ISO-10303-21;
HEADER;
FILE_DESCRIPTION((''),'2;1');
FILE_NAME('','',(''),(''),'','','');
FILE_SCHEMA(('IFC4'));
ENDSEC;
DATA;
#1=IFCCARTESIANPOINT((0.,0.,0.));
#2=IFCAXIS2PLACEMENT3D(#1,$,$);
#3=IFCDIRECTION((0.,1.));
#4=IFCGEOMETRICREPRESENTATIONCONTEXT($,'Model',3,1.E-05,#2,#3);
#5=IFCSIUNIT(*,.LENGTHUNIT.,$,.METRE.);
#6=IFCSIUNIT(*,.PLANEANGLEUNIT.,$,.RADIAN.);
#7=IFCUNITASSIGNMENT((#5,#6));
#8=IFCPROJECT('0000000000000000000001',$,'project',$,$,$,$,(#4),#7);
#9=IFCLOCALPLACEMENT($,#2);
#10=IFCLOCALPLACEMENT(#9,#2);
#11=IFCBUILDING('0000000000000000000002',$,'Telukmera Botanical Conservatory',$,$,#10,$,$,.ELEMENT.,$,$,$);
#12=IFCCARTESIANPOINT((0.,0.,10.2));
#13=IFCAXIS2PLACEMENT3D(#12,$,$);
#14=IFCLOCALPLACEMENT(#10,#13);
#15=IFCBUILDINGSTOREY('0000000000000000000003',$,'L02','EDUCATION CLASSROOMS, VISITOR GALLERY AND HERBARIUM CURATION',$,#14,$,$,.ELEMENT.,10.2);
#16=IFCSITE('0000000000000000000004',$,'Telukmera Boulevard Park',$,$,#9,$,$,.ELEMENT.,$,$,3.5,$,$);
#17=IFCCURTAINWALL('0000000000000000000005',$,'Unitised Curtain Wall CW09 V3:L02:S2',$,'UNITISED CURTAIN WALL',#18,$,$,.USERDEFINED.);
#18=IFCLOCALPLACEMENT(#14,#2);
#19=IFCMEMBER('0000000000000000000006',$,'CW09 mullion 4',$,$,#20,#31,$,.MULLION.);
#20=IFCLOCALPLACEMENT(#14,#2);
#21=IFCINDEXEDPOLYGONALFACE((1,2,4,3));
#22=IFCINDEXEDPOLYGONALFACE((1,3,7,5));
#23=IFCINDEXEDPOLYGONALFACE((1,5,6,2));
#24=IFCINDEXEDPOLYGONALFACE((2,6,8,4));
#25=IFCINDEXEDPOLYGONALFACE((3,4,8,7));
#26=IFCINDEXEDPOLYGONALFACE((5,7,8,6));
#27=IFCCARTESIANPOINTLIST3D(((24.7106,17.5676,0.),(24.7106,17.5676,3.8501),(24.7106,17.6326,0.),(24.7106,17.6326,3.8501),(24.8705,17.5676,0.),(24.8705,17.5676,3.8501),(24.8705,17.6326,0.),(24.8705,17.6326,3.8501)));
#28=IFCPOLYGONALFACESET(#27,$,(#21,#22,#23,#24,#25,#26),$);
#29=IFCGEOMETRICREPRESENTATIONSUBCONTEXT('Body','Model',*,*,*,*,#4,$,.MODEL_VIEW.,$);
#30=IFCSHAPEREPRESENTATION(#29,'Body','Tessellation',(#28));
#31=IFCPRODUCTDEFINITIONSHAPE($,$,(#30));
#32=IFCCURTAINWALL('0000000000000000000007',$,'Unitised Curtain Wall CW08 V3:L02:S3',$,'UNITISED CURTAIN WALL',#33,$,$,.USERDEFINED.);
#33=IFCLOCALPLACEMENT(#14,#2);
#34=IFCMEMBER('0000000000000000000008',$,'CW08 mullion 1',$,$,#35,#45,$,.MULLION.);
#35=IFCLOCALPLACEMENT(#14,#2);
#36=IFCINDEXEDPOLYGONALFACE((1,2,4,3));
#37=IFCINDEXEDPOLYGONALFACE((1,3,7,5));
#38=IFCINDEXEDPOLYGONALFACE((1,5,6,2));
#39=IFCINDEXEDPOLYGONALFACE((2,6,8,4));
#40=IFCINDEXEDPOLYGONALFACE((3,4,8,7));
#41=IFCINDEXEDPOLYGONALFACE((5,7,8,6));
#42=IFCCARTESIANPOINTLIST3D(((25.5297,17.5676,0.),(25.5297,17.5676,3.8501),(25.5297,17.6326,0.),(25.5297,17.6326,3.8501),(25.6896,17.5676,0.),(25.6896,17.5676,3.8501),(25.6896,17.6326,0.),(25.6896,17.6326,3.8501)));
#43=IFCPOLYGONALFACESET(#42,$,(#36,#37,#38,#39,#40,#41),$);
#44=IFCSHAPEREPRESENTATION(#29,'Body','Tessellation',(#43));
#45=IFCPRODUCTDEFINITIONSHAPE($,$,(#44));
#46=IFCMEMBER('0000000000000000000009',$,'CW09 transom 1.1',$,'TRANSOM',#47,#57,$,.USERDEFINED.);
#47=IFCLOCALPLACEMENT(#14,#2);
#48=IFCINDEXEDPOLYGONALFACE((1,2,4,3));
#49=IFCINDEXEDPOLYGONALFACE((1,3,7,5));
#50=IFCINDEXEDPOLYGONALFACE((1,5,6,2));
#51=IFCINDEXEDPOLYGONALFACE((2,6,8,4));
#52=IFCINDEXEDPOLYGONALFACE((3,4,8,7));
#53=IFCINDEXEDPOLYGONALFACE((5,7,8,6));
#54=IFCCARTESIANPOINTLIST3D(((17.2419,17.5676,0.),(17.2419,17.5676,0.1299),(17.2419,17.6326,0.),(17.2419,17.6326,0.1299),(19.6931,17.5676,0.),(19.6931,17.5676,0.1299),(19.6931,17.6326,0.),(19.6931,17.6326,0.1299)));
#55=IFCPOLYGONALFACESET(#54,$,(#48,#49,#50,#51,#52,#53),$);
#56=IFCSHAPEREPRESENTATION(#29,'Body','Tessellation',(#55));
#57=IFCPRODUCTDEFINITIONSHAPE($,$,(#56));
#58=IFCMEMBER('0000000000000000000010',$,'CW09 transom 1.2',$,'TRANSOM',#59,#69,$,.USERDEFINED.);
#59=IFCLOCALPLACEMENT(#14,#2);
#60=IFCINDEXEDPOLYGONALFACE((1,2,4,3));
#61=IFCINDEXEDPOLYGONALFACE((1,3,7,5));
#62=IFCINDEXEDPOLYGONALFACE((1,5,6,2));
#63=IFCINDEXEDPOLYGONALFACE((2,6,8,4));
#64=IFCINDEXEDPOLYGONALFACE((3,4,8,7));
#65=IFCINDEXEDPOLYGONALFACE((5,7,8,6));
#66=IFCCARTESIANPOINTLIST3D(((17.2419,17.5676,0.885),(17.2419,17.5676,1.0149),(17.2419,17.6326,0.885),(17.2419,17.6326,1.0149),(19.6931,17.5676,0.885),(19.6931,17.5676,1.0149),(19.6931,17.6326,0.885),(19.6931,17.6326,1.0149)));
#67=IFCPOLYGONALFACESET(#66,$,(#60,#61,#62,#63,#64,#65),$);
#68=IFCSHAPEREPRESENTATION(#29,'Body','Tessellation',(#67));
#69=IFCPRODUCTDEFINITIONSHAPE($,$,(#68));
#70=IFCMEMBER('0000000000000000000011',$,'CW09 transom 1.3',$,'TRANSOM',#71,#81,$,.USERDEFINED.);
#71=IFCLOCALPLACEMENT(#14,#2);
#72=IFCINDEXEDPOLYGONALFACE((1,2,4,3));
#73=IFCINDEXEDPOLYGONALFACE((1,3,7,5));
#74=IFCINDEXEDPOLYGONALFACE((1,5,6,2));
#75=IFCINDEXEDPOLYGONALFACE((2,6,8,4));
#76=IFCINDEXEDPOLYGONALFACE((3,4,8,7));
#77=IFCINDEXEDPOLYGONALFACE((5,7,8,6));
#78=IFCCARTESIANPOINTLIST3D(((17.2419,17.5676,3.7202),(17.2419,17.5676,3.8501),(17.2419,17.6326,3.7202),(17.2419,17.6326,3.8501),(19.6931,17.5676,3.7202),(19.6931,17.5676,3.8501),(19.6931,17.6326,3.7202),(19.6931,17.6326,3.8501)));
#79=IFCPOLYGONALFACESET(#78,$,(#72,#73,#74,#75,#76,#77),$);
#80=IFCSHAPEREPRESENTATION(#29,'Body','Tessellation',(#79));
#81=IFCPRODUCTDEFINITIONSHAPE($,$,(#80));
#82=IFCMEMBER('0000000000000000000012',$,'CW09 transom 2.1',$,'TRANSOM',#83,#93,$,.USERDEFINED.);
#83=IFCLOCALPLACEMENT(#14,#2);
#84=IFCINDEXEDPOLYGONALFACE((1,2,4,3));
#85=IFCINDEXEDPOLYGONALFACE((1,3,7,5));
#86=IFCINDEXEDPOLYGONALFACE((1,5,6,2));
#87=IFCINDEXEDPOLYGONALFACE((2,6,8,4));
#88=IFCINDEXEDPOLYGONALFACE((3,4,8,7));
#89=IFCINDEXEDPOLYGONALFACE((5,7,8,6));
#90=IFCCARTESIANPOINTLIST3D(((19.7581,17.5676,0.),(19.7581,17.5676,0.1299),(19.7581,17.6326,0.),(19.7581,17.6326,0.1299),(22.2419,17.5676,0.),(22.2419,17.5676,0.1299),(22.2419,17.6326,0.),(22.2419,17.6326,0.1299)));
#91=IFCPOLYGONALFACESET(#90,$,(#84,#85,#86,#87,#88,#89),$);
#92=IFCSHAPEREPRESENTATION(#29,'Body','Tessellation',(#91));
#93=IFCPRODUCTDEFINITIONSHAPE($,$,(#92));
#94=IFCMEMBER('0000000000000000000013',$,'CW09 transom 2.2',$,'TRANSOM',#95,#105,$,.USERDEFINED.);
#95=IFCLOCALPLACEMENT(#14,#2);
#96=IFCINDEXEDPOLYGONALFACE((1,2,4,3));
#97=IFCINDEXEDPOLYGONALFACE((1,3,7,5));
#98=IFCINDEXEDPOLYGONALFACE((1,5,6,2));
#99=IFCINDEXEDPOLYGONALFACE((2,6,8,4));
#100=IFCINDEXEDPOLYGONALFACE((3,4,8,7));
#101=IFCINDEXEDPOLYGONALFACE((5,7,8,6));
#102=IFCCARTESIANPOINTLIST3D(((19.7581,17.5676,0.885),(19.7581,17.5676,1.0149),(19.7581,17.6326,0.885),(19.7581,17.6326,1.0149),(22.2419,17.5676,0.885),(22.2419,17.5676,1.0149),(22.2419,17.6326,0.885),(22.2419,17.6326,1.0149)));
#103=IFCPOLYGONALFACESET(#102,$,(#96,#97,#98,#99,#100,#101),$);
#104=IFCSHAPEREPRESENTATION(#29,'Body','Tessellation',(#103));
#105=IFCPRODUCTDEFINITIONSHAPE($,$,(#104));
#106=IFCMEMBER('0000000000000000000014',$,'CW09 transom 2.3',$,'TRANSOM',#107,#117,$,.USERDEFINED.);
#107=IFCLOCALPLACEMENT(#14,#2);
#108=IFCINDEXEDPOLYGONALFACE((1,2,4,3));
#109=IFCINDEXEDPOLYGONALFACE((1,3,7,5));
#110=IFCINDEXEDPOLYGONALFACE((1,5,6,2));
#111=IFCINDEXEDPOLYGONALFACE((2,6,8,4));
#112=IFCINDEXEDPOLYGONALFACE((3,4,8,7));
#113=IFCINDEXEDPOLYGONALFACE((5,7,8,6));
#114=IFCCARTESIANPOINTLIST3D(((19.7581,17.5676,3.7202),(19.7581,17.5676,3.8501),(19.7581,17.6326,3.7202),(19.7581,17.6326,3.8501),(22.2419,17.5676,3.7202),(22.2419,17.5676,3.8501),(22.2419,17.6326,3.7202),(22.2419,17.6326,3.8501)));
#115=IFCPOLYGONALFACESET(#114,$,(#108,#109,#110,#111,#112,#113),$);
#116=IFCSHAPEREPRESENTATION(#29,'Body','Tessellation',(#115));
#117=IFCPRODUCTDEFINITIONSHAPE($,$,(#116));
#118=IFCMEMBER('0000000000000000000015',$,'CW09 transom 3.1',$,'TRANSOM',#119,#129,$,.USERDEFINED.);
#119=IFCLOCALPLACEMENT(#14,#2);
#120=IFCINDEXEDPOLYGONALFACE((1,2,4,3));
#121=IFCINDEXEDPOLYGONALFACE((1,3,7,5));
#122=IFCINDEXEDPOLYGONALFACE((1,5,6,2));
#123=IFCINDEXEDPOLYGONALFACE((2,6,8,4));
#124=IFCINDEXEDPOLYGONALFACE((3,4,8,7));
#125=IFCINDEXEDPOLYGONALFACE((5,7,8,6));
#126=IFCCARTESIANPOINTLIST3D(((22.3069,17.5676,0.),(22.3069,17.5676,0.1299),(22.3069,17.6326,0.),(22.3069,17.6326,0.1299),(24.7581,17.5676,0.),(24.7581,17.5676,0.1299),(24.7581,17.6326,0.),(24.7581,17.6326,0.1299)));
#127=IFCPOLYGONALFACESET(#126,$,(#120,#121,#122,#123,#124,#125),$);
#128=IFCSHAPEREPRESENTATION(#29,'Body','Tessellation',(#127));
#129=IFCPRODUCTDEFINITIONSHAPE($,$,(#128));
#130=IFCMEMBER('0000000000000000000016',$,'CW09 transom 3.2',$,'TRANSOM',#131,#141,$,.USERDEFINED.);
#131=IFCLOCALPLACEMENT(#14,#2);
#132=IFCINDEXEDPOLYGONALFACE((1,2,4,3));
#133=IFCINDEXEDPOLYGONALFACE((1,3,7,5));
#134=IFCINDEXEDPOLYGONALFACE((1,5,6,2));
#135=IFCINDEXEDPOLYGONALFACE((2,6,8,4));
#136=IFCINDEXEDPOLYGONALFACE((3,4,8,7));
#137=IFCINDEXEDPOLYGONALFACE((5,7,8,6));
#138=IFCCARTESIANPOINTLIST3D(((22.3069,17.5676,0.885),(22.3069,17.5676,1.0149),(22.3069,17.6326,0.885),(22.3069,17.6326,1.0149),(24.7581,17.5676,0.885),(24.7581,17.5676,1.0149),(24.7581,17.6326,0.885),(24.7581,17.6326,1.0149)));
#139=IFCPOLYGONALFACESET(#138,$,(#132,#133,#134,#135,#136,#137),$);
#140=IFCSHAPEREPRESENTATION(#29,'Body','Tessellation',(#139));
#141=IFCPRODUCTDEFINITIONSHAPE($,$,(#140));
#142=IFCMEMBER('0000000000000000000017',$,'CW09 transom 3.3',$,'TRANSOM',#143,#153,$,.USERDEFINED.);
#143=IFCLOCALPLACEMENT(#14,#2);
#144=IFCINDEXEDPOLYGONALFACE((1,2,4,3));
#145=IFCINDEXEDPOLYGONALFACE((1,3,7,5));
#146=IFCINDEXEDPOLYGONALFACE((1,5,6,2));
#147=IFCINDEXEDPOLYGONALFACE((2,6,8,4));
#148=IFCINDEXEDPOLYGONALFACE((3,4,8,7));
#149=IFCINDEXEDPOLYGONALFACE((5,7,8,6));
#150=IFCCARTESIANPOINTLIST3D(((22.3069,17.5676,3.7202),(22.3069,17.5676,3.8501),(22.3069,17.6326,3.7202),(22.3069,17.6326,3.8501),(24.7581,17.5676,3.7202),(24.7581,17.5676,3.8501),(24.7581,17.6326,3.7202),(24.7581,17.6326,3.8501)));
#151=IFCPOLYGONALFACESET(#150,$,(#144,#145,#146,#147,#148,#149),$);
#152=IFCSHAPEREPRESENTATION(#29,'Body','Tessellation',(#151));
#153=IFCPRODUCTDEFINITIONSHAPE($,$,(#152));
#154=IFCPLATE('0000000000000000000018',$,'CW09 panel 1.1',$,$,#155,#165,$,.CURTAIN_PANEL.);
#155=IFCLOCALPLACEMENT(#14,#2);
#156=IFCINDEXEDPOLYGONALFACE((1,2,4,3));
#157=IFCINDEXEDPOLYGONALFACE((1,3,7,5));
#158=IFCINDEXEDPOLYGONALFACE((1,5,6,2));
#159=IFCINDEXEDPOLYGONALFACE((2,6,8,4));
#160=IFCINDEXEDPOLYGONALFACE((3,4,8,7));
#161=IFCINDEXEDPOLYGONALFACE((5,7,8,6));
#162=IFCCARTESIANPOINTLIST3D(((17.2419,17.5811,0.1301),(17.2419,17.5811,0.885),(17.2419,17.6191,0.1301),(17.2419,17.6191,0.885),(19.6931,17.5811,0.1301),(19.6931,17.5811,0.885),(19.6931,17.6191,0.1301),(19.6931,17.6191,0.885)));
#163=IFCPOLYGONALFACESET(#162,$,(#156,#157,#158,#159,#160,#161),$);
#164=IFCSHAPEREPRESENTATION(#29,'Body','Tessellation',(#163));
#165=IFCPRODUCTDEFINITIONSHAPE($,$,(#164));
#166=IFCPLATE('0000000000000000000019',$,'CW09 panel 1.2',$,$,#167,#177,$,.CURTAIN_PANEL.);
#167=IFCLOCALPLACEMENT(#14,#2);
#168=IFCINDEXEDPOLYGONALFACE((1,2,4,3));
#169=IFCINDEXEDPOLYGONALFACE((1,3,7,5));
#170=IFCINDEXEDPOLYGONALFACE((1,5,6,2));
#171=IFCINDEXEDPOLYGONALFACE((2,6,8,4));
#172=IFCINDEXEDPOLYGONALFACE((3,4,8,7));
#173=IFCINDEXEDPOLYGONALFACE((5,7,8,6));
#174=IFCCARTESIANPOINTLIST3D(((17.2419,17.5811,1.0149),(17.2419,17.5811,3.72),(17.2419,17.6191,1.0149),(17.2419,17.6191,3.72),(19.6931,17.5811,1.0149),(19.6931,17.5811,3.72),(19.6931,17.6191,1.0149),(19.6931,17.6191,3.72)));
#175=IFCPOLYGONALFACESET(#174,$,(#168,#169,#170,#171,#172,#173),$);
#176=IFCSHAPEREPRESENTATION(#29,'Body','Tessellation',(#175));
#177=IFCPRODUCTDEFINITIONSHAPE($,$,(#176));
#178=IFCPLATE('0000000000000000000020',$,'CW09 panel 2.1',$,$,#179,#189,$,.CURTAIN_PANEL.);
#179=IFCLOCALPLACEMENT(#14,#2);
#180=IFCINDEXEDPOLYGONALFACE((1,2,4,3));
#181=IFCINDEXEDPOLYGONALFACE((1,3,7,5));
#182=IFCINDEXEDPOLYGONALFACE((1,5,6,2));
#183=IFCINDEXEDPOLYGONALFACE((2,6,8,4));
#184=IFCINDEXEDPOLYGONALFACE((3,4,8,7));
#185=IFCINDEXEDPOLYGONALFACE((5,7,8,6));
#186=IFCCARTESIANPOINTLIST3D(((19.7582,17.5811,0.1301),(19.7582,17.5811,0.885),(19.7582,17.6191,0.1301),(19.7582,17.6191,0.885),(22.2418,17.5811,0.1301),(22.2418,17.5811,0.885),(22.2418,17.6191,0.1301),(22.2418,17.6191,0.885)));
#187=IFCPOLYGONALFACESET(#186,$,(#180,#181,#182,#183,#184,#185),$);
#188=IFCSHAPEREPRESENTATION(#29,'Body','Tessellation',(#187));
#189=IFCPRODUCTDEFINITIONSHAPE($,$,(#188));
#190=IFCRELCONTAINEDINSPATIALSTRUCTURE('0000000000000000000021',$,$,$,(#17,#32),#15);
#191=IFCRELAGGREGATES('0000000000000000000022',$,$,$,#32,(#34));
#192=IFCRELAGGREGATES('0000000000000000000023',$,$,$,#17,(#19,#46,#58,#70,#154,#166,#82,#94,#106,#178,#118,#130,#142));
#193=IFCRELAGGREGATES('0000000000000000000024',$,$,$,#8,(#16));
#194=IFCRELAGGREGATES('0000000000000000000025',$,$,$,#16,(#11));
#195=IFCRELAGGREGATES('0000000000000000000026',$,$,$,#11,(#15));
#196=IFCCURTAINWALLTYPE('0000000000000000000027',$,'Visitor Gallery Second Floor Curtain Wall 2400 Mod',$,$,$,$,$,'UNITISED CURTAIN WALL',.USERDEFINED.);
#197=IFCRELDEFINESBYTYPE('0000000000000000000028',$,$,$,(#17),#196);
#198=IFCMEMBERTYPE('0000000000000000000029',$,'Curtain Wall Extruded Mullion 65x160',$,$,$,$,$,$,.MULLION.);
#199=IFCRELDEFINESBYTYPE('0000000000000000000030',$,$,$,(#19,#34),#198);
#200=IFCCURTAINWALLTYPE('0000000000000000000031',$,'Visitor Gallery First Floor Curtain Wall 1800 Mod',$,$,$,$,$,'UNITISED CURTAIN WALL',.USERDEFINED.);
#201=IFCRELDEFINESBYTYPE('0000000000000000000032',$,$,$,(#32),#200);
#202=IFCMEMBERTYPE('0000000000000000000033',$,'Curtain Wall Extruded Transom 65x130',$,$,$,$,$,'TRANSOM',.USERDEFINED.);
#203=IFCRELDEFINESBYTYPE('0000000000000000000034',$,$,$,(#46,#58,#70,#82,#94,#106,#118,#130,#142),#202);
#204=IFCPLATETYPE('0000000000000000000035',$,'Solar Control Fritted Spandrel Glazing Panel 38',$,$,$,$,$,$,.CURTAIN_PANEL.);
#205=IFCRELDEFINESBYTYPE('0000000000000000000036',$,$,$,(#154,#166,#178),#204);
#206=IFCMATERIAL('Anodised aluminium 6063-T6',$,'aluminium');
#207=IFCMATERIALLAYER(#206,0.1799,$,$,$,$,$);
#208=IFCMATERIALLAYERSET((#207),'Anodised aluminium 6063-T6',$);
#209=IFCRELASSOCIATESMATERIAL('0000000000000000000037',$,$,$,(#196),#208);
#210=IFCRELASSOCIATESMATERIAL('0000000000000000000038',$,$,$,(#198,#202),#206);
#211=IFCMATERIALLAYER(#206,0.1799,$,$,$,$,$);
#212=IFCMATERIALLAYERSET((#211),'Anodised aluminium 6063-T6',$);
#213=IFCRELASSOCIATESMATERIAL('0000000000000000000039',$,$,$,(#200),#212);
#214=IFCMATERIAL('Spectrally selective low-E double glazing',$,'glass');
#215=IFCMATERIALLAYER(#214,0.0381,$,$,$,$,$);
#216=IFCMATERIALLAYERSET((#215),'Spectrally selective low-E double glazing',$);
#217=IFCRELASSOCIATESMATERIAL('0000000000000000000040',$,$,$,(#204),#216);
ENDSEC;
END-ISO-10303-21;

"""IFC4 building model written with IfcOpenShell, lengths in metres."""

from ifc_helpers import new_model, si_unit, direction, frame, origin, origin_2d, place, context, subcontext, project, spatial, rectangle, extrude, material, layer, layer_set, material_profile, profile_set, type_object, element, aggregate, save


model = new_model("IFC4")

# Units and contexts
model_context = context("Model", 3, precision=1e-05, world=origin(), true_north=direction((0.0, 1.0)))
body_context = subcontext(model_context, "Body", "Model", "MODEL_VIEW")
ifc_project = project(units=[si_unit("LENGTHUNIT", "METRE"), si_unit("PLANEANGLEUNIT", "RADIAN")], contexts=[model_context])

# Site, building, storey
site_placement = place(None, origin())
site = spatial("IfcSite", under=ifc_project, at=site_placement, Name="Telukmera Boulevard Park", CompositionType="ELEMENT", RefElevation=3.5)
building_placement = place(site_placement, origin())
building = spatial("IfcBuilding", under=site, at=building_placement, Name="Telukmera Botanical Conservatory", CompositionType="ELEMENT")
storey_placement = place(building_placement, frame((0.0, 0.0, 10.2)))
storey = spatial("IfcBuildingStorey", under=building, at=storey_placement, Name="L02", Description="EDUCATION CLASSROOMS, VISITOR GALLERY AND HERBARIUM CURATION", CompositionType="ELEMENT", Elevation=10.2)

# Curtain wall, member
ifc_material_1 = material(Name="Anodised aluminium 6063-T6", Category="aluminium")
ifc_layer_1 = layer(ifc_material_1, 0.1799)
ifc_layer_set_1 = layer_set([ifc_layer_1], Name="Anodised aluminium 6063-T6")
curtain_wall_type_1 = type_object("IfcCurtainWallType", Name="Visitor Gallery Second Floor Curtain Wall 2400 Mod", ElementType="UNITISED CURTAIN WALL", PredefinedType="USERDEFINED", material=ifc_layer_set_1)
curtain_wall_1_placement = place(storey_placement, origin())
curtain_wall_1 = element("IfcCurtainWall", 1, at=curtain_wall_1_placement, inside=storey, type_object=curtain_wall_type_1, Name="Unitised Curtain Wall CW09 V3:L02:S2", ObjectType="UNITISED CURTAIN WALL", PredefinedType="USERDEFINED")
ifc_material_profile_1 = material_profile(ifc_material_1, rectangle(XDim=0.0649, YDim=0.1599, at=origin_2d()), Name="ALU MULL 65x160")
ifc_profile_set_1 = profile_set([ifc_material_profile_1], Name="Anodised aluminium 6063-T6")
member_type_1 = type_object("IfcMemberType", Name="Curtain Wall Extruded Mullion 65x160", PredefinedType="MULLION", material=ifc_profile_set_1)
member_1_placement = place(storey_placement, frame((24.7905, 17.6001, 0.0), z_axis=(0.0, 0.0, 1.0), x_axis=(0.0, 1.0, 0.0)))
member_1 = element("IfcMember", 2, at=member_1_placement, type_object=member_type_1, Name="CW09 mullion 4", PredefinedType="MULLION", context=body_context, shape_type="SweptSolid", body=[
    extrude(rectangle(XDim=0.0649, YDim=0.1599, at=origin_2d()), origin(), (0.0, 0.0, 1.0), 3.8501),
])

# Curtain wall, member
ifc_layer_2 = layer(ifc_material_1, 0.1799)
ifc_layer_set_2 = layer_set([ifc_layer_2], Name="Anodised aluminium 6063-T6")
curtain_wall_type_2 = type_object("IfcCurtainWallType", Name="Visitor Gallery First Floor Curtain Wall 1800 Mod", ElementType="UNITISED CURTAIN WALL", PredefinedType="USERDEFINED", material=ifc_layer_set_2)
curtain_wall_2_placement = place(storey_placement, origin())
curtain_wall_2 = element("IfcCurtainWall", 3, at=curtain_wall_2_placement, inside=storey, type_object=curtain_wall_type_2, Name="Unitised Curtain Wall CW08 V3:L02:S3", ObjectType="UNITISED CURTAIN WALL", PredefinedType="USERDEFINED")
member_2_placement = place(storey_placement, frame((25.6096, 17.6001, 0.0), z_axis=(0.0, 0.0, 1.0), x_axis=(0.0, 1.0, 0.0)))
member_2 = element("IfcMember", 4, at=member_2_placement, type_object=member_type_1, Name="CW08 mullion 1", PredefinedType="MULLION", context=body_context, shape_type="SweptSolid", body=[
    extrude(rectangle(XDim=0.0649, YDim=0.1599, at=origin_2d()), origin(), (0.0, 0.0, 1.0), 3.8501),
])
aggregate(curtain_wall_2, [member_2])

# Members
ifc_material_profile_2 = material_profile(ifc_material_1, rectangle(XDim=0.0649, YDim=0.1299, at=origin_2d()), Name="ALU TRAN 65x130")
ifc_profile_set_2 = profile_set([ifc_material_profile_2], Name="Anodised aluminium 6063-T6")
member_type_2 = type_object("IfcMemberType", Name="Curtain Wall Extruded Transom 65x130", ElementType="TRANSOM", PredefinedType="USERDEFINED", material=ifc_profile_set_2)
member_3_placement = place(storey_placement, frame((17.2419, 17.6001, 0.0649), z_axis=(1.0, 0.0, 0.0), x_axis=(0.0, 1.0, 0.0)))
member_3 = element("IfcMember", 5, at=member_3_placement, type_object=member_type_2, Name="CW09 transom 1.1", ObjectType="TRANSOM", PredefinedType="USERDEFINED", context=body_context, shape_type="SweptSolid", body=[
    extrude(rectangle(XDim=0.0649, YDim=0.1299, at=origin_2d()), origin(), (0.0, 0.0, 1.0), 2.4512),
])
member_4_placement = place(storey_placement, frame((17.2419, 17.6001, 0.95), z_axis=(1.0, 0.0, 0.0), x_axis=(0.0, 1.0, 0.0)))
member_4 = element("IfcMember", 6, at=member_4_placement, type_object=member_type_2, Name="CW09 transom 1.2", ObjectType="TRANSOM", PredefinedType="USERDEFINED", context=body_context, shape_type="SweptSolid", body=[
    extrude(rectangle(XDim=0.0649, YDim=0.1299, at=origin_2d()), origin(), (0.0, 0.0, 1.0), 2.4512),
])
member_5_placement = place(storey_placement, frame((17.2419, 17.6001, 3.7852), z_axis=(1.0, 0.0, 0.0), x_axis=(0.0, 1.0, 0.0)))
member_5 = element("IfcMember", 7, at=member_5_placement, type_object=member_type_2, Name="CW09 transom 1.3", ObjectType="TRANSOM", PredefinedType="USERDEFINED", context=body_context, shape_type="SweptSolid", body=[
    extrude(rectangle(XDim=0.0649, YDim=0.1299, at=origin_2d()), origin(), (0.0, 0.0, 1.0), 2.4512),
])
member_6_placement = place(storey_placement, frame((19.7581, 17.6001, 0.0649), z_axis=(1.0, 0.0, 0.0), x_axis=(0.0, 1.0, 0.0)))
member_6 = element("IfcMember", 8, at=member_6_placement, type_object=member_type_2, Name="CW09 transom 2.1", ObjectType="TRANSOM", PredefinedType="USERDEFINED", context=body_context, shape_type="SweptSolid", body=[
    extrude(rectangle(XDim=0.0649, YDim=0.1299, at=origin_2d()), origin(), (0.0, 0.0, 1.0), 2.4839),
])
member_7_placement = place(storey_placement, frame((19.7581, 17.6001, 0.95), z_axis=(1.0, 0.0, 0.0), x_axis=(0.0, 1.0, 0.0)))
member_7 = element("IfcMember", 9, at=member_7_placement, type_object=member_type_2, Name="CW09 transom 2.2", ObjectType="TRANSOM", PredefinedType="USERDEFINED", context=body_context, shape_type="SweptSolid", body=[
    extrude(rectangle(XDim=0.0649, YDim=0.1299, at=origin_2d()), origin(), (0.0, 0.0, 1.0), 2.4839),
])
member_8_placement = place(storey_placement, frame((19.7581, 17.6001, 3.7852), z_axis=(1.0, 0.0, 0.0), x_axis=(0.0, 1.0, 0.0)))
member_8 = element("IfcMember", 10, at=member_8_placement, type_object=member_type_2, Name="CW09 transom 2.3", ObjectType="TRANSOM", PredefinedType="USERDEFINED", context=body_context, shape_type="SweptSolid", body=[
    extrude(rectangle(XDim=0.0649, YDim=0.1299, at=origin_2d()), origin(), (0.0, 0.0, 1.0), 2.4839),
])
member_9_placement = place(storey_placement, frame((22.3069, 17.6001, 0.0649), z_axis=(1.0, 0.0, 0.0), x_axis=(0.0, 1.0, 0.0)))
member_9 = element("IfcMember", 11, at=member_9_placement, type_object=member_type_2, Name="CW09 transom 3.1", ObjectType="TRANSOM", PredefinedType="USERDEFINED", context=body_context, shape_type="SweptSolid", body=[
    extrude(rectangle(XDim=0.0649, YDim=0.1299, at=origin_2d()), origin(), (0.0, 0.0, 1.0), 2.4512),
])
member_10_placement = place(storey_placement, frame((22.3069, 17.6001, 0.95), z_axis=(1.0, 0.0, 0.0), x_axis=(0.0, 1.0, 0.0)))
member_10 = element("IfcMember", 12, at=member_10_placement, type_object=member_type_2, Name="CW09 transom 3.2", ObjectType="TRANSOM", PredefinedType="USERDEFINED", context=body_context, shape_type="SweptSolid", body=[
    extrude(rectangle(XDim=0.0649, YDim=0.1299, at=origin_2d()), origin(), (0.0, 0.0, 1.0), 2.4512),
])
member_11_placement = place(storey_placement, frame((22.3069, 17.6001, 3.7852), z_axis=(1.0, 0.0, 0.0), x_axis=(0.0, 1.0, 0.0)))
member_11 = element("IfcMember", 13, at=member_11_placement, type_object=member_type_2, Name="CW09 transom 3.3", ObjectType="TRANSOM", PredefinedType="USERDEFINED", context=body_context, shape_type="SweptSolid", body=[
    extrude(rectangle(XDim=0.0649, YDim=0.1299, at=origin_2d()), origin(), (0.0, 0.0, 1.0), 2.4512),
])

# Plates
ifc_material_2 = material(Name="Spectrally selective low-E double glazing", Category="glass")
ifc_layer_3 = layer(ifc_material_2, 0.0381)
ifc_layer_set_3 = layer_set([ifc_layer_3], Name="Spectrally selective low-E double glazing")
plate_type = type_object("IfcPlateType", Name="Solar Control Fritted Spandrel Glazing Panel 38", PredefinedType="CURTAIN_PANEL", material=ifc_layer_set_3)
plate_1_placement = place(storey_placement, frame((18.4675, 17.6001, 0.1301), z_axis=(0.0, 0.0, 1.0), x_axis=(1.0, 0.0, 0.0)))
plate_1 = element("IfcPlate", 14, at=plate_1_placement, type_object=plate_type, Name="CW09 panel 1.1", PredefinedType="CURTAIN_PANEL", context=body_context, shape_type="SweptSolid", body=[
    extrude(rectangle(XDim=2.4512, YDim=0.0381, at=origin_2d()), origin(), (0.0, 0.0, 1.0), 0.7549),
])
plate_2_placement = place(storey_placement, frame((18.4675, 17.6001, 1.0149), z_axis=(0.0, 0.0, 1.0), x_axis=(1.0, 0.0, 0.0)))
plate_2 = element("IfcPlate", 15, at=plate_2_placement, type_object=plate_type, Name="CW09 panel 1.2", PredefinedType="CURTAIN_PANEL", context=body_context, shape_type="SweptSolid", body=[
    extrude(rectangle(XDim=2.4512, YDim=0.0381, at=origin_2d()), origin(), (0.0, 0.0, 1.0), 2.7051),
])
plate_3_placement = place(storey_placement, frame((21.0, 17.6001, 0.1301), z_axis=(0.0, 0.0, 1.0), x_axis=(1.0, 0.0, 0.0)))
plate_3 = element("IfcPlate", 16, at=plate_3_placement, type_object=plate_type, Name="CW09 panel 2.1", PredefinedType="CURTAIN_PANEL", context=body_context, shape_type="SweptSolid", body=[
    extrude(rectangle(XDim=2.4836, YDim=0.0381, at=origin_2d()), origin(), (0.0, 0.0, 1.0), 0.7549),
])
aggregate(curtain_wall_1, [member_1, member_3, member_4, member_5, plate_1, plate_2, member_6, member_7, member_8, plate_3, member_9, member_10, member_11])

save(model, "model.ifc")
